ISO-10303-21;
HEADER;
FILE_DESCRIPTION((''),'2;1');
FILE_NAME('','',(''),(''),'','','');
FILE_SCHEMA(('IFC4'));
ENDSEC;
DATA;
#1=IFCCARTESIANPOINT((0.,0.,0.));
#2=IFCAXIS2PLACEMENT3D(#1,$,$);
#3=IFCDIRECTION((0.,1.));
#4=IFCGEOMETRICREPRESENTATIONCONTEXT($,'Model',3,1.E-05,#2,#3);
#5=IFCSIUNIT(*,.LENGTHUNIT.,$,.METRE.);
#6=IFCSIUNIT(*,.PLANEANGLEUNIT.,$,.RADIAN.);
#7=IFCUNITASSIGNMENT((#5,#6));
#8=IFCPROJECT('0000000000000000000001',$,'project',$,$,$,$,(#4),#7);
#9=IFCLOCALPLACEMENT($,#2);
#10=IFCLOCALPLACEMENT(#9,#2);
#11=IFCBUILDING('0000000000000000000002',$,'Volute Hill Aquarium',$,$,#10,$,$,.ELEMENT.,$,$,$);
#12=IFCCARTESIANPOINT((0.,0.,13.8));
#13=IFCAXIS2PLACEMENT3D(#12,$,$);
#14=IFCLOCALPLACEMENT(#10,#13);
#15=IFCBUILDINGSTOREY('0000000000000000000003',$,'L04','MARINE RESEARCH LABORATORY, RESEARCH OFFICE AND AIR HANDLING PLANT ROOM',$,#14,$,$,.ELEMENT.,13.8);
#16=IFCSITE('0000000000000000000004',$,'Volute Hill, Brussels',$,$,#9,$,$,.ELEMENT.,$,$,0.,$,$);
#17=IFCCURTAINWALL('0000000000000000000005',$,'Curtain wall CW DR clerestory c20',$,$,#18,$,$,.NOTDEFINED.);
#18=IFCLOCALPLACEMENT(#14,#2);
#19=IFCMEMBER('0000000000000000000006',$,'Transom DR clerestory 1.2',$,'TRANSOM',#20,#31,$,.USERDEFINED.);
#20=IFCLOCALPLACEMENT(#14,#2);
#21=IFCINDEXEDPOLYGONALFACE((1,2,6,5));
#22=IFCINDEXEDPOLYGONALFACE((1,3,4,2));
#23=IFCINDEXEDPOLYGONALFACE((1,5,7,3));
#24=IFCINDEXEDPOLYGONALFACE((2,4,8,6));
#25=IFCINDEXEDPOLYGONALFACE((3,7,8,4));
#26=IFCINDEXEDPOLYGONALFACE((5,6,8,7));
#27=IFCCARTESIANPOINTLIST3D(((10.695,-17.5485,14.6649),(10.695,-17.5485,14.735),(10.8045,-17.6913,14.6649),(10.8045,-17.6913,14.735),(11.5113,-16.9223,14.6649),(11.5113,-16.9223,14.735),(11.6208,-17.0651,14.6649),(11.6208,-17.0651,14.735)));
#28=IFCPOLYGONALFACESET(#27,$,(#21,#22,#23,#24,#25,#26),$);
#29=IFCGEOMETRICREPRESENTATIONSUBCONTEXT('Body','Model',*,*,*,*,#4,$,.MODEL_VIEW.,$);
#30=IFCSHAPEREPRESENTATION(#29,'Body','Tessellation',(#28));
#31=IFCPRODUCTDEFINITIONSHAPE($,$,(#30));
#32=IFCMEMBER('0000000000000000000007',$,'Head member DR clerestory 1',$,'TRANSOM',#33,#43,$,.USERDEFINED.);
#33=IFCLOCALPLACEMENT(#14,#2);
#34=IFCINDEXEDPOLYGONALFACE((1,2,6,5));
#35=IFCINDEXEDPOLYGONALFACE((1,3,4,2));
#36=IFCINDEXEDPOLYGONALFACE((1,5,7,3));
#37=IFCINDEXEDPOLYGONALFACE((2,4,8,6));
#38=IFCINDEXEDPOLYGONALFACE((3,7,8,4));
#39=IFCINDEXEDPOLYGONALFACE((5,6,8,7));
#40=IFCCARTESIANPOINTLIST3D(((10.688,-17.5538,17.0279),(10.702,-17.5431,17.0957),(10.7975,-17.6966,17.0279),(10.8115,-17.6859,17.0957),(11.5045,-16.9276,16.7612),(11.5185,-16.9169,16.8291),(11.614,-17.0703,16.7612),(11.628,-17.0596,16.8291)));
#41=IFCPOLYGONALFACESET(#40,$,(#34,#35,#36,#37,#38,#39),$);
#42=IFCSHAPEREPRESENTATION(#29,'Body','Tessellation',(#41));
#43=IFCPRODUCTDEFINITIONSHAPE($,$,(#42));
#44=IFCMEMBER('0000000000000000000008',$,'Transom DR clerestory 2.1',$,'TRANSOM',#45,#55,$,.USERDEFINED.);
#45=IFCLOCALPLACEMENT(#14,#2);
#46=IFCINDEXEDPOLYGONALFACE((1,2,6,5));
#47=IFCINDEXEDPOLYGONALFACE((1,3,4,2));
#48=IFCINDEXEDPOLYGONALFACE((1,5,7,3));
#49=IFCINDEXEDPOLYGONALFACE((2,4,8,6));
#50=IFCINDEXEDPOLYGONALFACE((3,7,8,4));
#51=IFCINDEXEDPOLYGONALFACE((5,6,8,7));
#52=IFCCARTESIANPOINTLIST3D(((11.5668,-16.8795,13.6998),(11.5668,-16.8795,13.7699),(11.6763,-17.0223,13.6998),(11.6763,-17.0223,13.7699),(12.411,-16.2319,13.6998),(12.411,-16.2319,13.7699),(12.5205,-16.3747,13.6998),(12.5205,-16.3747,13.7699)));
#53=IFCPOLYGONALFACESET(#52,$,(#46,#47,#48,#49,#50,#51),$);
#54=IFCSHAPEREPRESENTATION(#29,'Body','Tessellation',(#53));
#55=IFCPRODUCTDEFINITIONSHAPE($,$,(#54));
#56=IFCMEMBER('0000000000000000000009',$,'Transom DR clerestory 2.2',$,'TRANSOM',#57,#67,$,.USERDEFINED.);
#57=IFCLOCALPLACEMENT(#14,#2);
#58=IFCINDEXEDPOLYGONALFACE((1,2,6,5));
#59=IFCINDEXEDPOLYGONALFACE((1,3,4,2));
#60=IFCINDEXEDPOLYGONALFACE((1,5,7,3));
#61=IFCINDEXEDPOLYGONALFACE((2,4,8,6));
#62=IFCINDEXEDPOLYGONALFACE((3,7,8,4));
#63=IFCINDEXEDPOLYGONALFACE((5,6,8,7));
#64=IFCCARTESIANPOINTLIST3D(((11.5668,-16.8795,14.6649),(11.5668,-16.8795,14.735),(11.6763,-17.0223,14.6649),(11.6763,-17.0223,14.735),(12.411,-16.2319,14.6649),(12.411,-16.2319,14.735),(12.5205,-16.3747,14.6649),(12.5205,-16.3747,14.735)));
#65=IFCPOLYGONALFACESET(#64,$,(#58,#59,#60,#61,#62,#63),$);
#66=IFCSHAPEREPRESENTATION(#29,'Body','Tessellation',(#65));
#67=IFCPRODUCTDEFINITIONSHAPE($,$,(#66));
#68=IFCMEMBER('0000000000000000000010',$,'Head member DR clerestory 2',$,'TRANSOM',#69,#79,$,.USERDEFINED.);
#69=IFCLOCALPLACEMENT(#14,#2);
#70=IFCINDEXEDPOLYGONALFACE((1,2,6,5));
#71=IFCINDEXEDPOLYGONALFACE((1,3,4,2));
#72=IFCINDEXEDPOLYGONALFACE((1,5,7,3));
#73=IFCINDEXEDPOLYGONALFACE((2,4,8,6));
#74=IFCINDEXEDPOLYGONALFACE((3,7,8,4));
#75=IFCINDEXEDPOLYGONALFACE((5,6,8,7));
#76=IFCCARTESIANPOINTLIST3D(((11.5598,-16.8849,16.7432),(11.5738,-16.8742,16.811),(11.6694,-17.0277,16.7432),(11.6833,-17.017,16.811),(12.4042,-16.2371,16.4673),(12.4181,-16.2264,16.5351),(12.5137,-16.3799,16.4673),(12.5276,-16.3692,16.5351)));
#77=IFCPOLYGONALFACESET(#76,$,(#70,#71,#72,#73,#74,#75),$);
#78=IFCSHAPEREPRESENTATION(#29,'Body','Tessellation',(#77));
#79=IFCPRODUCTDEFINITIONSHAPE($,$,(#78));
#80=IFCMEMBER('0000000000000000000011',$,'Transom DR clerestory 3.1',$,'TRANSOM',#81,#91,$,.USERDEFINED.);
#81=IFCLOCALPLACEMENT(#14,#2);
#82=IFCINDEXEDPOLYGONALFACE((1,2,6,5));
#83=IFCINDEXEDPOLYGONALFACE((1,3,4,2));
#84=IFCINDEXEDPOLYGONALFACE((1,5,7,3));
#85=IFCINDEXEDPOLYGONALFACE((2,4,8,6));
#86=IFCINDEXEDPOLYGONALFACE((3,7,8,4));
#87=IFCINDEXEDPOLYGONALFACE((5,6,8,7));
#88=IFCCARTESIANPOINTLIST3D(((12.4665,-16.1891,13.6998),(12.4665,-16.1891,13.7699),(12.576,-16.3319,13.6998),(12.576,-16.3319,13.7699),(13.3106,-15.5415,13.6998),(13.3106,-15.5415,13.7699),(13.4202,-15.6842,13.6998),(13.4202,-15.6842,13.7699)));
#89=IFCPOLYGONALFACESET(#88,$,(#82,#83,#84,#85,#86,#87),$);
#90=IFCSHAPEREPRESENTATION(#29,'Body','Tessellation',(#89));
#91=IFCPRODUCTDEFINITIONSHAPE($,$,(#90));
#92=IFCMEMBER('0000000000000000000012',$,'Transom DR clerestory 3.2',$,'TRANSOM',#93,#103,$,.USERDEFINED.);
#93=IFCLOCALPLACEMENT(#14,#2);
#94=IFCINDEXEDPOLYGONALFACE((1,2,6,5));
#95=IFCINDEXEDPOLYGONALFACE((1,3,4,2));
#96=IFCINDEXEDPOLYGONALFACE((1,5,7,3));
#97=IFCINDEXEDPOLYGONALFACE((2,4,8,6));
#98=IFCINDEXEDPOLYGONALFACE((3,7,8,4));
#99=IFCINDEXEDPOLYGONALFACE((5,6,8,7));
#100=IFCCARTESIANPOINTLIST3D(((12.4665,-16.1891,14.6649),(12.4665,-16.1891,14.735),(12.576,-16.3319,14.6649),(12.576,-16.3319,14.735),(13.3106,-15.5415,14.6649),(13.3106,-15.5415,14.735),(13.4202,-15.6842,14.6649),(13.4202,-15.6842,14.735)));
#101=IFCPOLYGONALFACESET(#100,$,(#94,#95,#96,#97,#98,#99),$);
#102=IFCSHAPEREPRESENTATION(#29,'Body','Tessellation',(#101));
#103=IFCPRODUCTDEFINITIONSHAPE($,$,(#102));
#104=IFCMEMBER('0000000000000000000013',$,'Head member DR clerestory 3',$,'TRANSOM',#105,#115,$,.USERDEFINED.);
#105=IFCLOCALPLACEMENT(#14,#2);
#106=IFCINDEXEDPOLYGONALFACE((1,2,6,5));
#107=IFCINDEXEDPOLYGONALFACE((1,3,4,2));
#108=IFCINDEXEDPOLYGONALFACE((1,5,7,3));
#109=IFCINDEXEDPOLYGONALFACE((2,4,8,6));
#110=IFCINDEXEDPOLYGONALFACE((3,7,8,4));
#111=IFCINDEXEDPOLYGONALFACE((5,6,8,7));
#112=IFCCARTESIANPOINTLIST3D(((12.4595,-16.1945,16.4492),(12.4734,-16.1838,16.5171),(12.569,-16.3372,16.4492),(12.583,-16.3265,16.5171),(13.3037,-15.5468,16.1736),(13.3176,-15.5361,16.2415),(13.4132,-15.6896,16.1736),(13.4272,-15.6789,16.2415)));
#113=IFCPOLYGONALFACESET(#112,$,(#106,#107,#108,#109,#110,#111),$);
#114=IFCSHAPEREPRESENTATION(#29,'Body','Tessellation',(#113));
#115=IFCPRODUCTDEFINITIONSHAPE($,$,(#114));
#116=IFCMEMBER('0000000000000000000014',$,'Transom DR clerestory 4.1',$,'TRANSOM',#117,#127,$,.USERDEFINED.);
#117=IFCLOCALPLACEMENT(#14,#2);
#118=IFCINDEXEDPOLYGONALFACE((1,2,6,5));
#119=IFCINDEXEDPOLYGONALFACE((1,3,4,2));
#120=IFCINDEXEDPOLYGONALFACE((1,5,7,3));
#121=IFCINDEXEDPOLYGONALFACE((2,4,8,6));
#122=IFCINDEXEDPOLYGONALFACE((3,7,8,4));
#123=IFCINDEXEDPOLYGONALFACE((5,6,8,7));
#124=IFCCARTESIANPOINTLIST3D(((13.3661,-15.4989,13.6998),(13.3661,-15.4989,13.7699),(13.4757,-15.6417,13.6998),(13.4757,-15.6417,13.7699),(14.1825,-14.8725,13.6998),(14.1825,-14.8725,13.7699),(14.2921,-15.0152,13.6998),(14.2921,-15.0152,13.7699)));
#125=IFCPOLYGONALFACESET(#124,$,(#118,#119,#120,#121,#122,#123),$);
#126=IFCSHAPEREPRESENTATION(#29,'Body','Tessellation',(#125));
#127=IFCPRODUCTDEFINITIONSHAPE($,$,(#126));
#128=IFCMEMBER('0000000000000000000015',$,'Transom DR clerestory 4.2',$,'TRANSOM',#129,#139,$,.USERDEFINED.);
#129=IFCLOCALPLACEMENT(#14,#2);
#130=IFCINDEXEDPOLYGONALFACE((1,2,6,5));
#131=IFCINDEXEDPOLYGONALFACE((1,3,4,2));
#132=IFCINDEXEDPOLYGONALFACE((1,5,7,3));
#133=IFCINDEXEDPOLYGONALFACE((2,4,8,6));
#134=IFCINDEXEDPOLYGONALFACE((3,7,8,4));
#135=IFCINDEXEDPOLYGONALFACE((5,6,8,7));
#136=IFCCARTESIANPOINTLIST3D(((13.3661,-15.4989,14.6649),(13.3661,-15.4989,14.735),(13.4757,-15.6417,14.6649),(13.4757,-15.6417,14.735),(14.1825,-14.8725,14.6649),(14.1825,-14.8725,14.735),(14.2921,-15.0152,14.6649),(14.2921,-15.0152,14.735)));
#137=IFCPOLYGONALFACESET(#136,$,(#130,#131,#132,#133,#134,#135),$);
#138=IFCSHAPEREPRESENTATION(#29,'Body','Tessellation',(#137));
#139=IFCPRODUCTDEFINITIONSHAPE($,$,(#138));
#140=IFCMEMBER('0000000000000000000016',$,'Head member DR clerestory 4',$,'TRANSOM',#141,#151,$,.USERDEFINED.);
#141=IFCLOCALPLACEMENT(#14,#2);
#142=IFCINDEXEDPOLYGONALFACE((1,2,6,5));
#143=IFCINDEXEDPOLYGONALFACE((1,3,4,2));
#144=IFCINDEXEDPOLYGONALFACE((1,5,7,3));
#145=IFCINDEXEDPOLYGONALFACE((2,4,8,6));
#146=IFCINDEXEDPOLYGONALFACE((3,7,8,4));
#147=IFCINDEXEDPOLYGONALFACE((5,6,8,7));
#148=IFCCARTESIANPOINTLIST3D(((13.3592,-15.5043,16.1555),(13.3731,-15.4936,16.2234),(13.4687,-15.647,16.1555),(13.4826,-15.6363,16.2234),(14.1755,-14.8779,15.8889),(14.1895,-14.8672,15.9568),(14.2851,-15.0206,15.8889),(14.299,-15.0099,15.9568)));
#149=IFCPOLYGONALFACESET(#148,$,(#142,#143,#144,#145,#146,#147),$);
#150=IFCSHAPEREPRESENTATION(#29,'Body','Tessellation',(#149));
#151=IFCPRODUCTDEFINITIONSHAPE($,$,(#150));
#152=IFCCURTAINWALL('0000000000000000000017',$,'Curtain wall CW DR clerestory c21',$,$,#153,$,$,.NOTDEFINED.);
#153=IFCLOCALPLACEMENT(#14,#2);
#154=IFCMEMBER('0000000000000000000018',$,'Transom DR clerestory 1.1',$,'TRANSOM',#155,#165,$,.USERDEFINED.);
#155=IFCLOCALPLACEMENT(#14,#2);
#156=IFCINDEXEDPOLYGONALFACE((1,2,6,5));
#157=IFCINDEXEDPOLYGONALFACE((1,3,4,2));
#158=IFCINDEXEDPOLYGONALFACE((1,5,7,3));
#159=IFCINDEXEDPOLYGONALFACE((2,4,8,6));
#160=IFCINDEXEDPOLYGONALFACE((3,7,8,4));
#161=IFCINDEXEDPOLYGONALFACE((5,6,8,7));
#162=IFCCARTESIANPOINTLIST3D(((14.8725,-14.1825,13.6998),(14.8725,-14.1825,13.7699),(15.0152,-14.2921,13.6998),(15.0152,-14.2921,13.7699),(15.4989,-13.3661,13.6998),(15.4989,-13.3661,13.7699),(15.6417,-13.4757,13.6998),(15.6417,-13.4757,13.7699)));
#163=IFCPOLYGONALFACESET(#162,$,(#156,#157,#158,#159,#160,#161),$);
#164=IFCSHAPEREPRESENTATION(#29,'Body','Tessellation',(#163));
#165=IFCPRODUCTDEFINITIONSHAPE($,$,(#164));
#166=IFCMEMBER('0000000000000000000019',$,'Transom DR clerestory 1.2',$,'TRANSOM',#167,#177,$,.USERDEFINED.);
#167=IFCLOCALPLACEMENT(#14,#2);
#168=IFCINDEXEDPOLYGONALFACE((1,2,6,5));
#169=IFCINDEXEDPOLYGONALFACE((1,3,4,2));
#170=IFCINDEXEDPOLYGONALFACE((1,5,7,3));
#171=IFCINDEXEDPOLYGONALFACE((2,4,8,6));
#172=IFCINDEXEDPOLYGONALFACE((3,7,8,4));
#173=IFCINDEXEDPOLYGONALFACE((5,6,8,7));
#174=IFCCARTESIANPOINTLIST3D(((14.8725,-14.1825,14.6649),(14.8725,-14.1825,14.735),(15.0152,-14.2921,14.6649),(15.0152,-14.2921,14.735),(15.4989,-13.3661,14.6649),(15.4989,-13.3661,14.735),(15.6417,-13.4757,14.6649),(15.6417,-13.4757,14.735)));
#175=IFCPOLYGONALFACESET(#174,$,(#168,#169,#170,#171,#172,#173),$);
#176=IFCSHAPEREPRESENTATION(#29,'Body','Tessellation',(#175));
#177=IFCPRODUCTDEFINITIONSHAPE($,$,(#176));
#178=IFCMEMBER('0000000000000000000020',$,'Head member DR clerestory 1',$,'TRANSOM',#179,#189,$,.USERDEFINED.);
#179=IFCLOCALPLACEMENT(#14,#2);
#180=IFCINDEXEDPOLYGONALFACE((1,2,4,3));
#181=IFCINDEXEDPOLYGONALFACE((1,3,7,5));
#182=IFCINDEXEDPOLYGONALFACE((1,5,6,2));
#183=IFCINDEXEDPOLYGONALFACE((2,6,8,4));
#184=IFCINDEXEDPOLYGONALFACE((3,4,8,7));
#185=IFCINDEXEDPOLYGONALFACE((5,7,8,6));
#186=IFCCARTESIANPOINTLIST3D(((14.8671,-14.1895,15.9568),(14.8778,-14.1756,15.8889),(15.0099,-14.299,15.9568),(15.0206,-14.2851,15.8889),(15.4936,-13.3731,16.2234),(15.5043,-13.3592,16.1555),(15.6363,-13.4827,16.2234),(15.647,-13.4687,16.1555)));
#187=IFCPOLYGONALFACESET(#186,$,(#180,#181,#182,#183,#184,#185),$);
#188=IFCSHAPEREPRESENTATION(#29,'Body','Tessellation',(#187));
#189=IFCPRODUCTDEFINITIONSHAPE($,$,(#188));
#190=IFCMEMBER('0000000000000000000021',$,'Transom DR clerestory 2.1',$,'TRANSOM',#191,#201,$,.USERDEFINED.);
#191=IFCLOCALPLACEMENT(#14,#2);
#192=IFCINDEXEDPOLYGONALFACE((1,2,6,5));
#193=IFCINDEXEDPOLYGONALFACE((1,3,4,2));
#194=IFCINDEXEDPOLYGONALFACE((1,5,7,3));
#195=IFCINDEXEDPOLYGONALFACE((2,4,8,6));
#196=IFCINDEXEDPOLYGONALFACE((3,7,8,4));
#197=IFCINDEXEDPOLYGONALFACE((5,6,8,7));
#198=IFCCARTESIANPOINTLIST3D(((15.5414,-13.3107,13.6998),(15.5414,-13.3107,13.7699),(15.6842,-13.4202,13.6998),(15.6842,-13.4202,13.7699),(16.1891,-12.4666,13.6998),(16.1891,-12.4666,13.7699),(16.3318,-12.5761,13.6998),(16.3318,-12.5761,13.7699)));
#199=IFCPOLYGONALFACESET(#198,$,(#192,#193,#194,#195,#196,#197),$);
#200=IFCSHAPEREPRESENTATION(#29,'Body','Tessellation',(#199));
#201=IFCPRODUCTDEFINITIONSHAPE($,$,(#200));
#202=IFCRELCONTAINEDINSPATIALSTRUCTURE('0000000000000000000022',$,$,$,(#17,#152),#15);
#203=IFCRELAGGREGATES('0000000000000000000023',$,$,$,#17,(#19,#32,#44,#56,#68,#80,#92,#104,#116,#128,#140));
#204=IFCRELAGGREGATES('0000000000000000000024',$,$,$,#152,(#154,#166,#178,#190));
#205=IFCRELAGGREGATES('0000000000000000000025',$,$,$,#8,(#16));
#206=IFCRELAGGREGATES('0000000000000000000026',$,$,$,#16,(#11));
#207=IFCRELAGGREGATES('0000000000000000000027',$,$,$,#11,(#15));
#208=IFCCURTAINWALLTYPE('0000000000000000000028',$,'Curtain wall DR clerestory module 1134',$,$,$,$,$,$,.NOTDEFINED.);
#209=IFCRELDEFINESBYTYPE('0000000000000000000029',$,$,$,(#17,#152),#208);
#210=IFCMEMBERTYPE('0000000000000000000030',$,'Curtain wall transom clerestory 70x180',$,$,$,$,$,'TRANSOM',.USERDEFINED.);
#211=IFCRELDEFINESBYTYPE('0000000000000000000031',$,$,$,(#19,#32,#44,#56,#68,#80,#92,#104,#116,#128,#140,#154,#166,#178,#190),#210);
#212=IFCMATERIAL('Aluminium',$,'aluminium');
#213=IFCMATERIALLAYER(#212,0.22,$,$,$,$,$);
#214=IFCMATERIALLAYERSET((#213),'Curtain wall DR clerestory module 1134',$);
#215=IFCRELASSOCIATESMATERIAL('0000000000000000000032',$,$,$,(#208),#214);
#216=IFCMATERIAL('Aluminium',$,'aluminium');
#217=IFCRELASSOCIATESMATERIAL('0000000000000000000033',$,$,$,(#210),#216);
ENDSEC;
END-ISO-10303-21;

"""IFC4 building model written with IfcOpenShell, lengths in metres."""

from ifc_helpers import new_model, si_unit, direction, frame, origin, origin_2d, place, context, subcontext, project, spatial, rectangle, extrude, material, layer, layer_set, material_profile, profile_set, type_object, element, aggregate, save


model = new_model("IFC4")

# Units and contexts
model_context = context("Model", 3, precision=1e-05, world=origin(), true_north=direction((0.0, 1.0)))
body_context = subcontext(model_context, "Body", "Model", "MODEL_VIEW")
ifc_project = project(units=[si_unit("LENGTHUNIT", "METRE"), si_unit("PLANEANGLEUNIT", "RADIAN")], contexts=[model_context])

# Site, building, storey
site_placement = place(None, origin())
site = spatial("IfcSite", under=ifc_project, at=site_placement, Name="Volute Hill, Brussels", CompositionType="ELEMENT", RefElevation=0.0)
building_placement = place(site_placement, origin())
building = spatial("IfcBuilding", under=site, at=building_placement, Name="Volute Hill Aquarium", CompositionType="ELEMENT")
storey_placement = place(building_placement, frame((0.0, 0.0, 13.8)))
storey = spatial("IfcBuildingStorey", under=building, at=storey_placement, Name="L04", Description="MARINE RESEARCH LABORATORY, RESEARCH OFFICE AND AIR HANDLING PLANT ROOM", CompositionType="ELEMENT", Elevation=13.8)

# Curtain walls, members
ifc_material_1 = material(Name="Aluminium", Category="aluminium")
ifc_layer_1 = layer(ifc_material_1, 0.22)
ifc_layer_set_1 = layer_set([ifc_layer_1], Name="Curtain wall DR clerestory module 1134")
curtain_wall_type = type_object("IfcCurtainWallType", Name="Curtain wall DR clerestory module 1134", PredefinedType="NOTDEFINED", material=ifc_layer_set_1)
curtain_wall_1_placement = place(storey_placement, origin())
curtain_wall_1 = element("IfcCurtainWall", 1, at=curtain_wall_1_placement, inside=storey, type_object=curtain_wall_type, Name="Curtain wall CW DR clerestory c20", PredefinedType="NOTDEFINED")
ifc_material_2 = material(Name="Aluminium", Category="aluminium")
ifc_material_profile_1 = material_profile(ifc_material_2, rectangle(XDim=0.1799, YDim=0.0701, at=origin_2d()), Name="Curtain wall transom clerestory 70x180")
ifc_profile_set_1 = profile_set([ifc_material_profile_1], Name="Aluminium")
member_type = type_object("IfcMemberType", Name="Curtain wall transom clerestory 70x180", ElementType="TRANSOM", PredefinedType="USERDEFINED", material=ifc_profile_set_1)
member_1_placement = place(storey_placement, frame((10.7498, -17.6199, 14.7), z_axis=(0.793461, 0.608621, 0.0), x_axis=(-0.608621, 0.793461, 0.0)))
member_1 = element("IfcMember", 2, at=member_1_placement, type_object=member_type, Name="Transom DR clerestory 1.2", ObjectType="TRANSOM", PredefinedType="USERDEFINED", context=body_context, shape_type="SweptSolid", body=[
    extrude(rectangle(XDim=0.1799, YDim=0.0701, at=origin_2d()), origin(), (0.0, 0.0, 1.0), 1.0288),
])
member_2_placement = place(storey_placement, frame((10.7498, -17.6199, 17.0618), z_axis=(0.768096, 0.589165, -0.250826), x_axis=(-0.608621, 0.793461, 0.0)))
member_2 = element("IfcMember", 3, at=member_2_placement, type_object=member_type, Name="Head member DR clerestory 1", ObjectType="TRANSOM", PredefinedType="USERDEFINED", context=body_context, shape_type="SweptSolid", body=[
    extrude(rectangle(XDim=0.1799, YDim=0.0701, at=origin_2d()), origin(), (0.0, 0.0, 1.0), 1.063),
])
member_3_placement = place(storey_placement, frame((11.6216, -16.9509, 13.7349), z_axis=(0.7934, 0.608701, 0.0), x_axis=(-0.608701, 0.7934, 0.0)))
member_3 = element("IfcMember", 4, at=member_3_placement, type_object=member_type, Name="Transom DR clerestory 2.1", ObjectType="TRANSOM", PredefinedType="USERDEFINED", context=body_context, shape_type="SweptSolid", body=[
    extrude(rectangle(XDim=0.1799, YDim=0.0701, at=origin_2d()), origin(), (0.0, 0.0, 1.0), 1.064),
])
member_4_placement = place(storey_placement, frame((11.6216, -16.9509, 14.7), z_axis=(0.7934, 0.608701, 0.0), x_axis=(-0.608701, 0.7934, 0.0)))
member_4 = element("IfcMember", 5, at=member_4_placement, type_object=member_type, Name="Transom DR clerestory 2.2", ObjectType="TRANSOM", PredefinedType="USERDEFINED", context=body_context, shape_type="SweptSolid", body=[
    extrude(rectangle(XDim=0.1799, YDim=0.0701, at=origin_2d()), origin(), (0.0, 0.0, 1.0), 1.064),
])
member_5_placement = place(storey_placement, frame((11.6216, -16.9509, 16.7771), z_axis=(0.768007, 0.58922, -0.250968), x_axis=(-0.608701, 0.7934, 0.0)))
member_5 = element("IfcMember", 6, at=member_5_placement, type_object=member_type, Name="Head member DR clerestory 2", ObjectType="TRANSOM", PredefinedType="USERDEFINED", context=body_context, shape_type="SweptSolid", body=[
    extrude(rectangle(XDim=0.1799, YDim=0.0701, at=origin_2d()), origin(), (0.0, 0.0, 1.0), 1.0994),
])
member_6_placement = place(storey_placement, frame((12.5212, -16.2605, 13.7349), z_axis=(0.7934, 0.608701, 0.0), x_axis=(-0.608701, 0.7934, 0.0)))
member_6 = element("IfcMember", 7, at=member_6_placement, type_object=member_type, Name="Transom DR clerestory 3.1", ObjectType="TRANSOM", PredefinedType="USERDEFINED", context=body_context, shape_type="SweptSolid", body=[
    extrude(rectangle(XDim=0.1799, YDim=0.0701, at=origin_2d()), origin(), (0.0, 0.0, 1.0), 1.064),
])
member_7_placement = place(storey_placement, frame((12.5212, -16.2605, 14.7), z_axis=(0.7934, 0.608701, 0.0), x_axis=(-0.608701, 0.7934, 0.0)))
member_7 = element("IfcMember", 8, at=member_7_placement, type_object=member_type, Name="Transom DR clerestory 3.2", ObjectType="TRANSOM", PredefinedType="USERDEFINED", context=body_context, shape_type="SweptSolid", body=[
    extrude(rectangle(XDim=0.1799, YDim=0.0701, at=origin_2d()), origin(), (0.0, 0.0, 1.0), 1.064),
])
member_8_placement = place(storey_placement, frame((12.5212, -16.2605, 16.4832), z_axis=(0.76805, 0.589253, -0.25076), x_axis=(-0.608701, 0.7934, 0.0)))
member_8 = element("IfcMember", 9, at=member_8_placement, type_object=member_type, Name="Head member DR clerestory 3", ObjectType="TRANSOM", PredefinedType="USERDEFINED", context=body_context, shape_type="SweptSolid", body=[
    extrude(rectangle(XDim=0.1799, YDim=0.0701, at=origin_2d()), origin(), (0.0, 0.0, 1.0), 1.0991),
])
member_9_placement = place(storey_placement, frame((13.4209, -15.5703, 13.7349), z_axis=(0.793347, 0.60877, 0.0), x_axis=(-0.60877, 0.793347, 0.0)))
member_9 = element("IfcMember", 10, at=member_9_placement, type_object=member_type, Name="Transom DR clerestory 4.1", ObjectType="TRANSOM", PredefinedType="USERDEFINED", context=body_context, shape_type="SweptSolid", body=[
    extrude(rectangle(XDim=0.1799, YDim=0.0701, at=origin_2d()), origin(), (0.0, 0.0, 1.0), 1.0291),
])
member_10_placement = place(storey_placement, frame((13.4209, -15.5703, 14.7), z_axis=(0.793347, 0.60877, 0.0), x_axis=(-0.60877, 0.793347, 0.0)))
member_10 = element("IfcMember", 11, at=member_10_placement, type_object=member_type, Name="Transom DR clerestory 4.2", ObjectType="TRANSOM", PredefinedType="USERDEFINED", context=body_context, shape_type="SweptSolid", body=[
    extrude(rectangle(XDim=0.1799, YDim=0.0701, at=origin_2d()), origin(), (0.0, 0.0, 1.0), 1.0291),
])
member_11_placement = place(storey_placement, frame((13.4209, -15.5703, 16.1895), z_axis=(0.767992, 0.589315, -0.250792), x_axis=(-0.60877, 0.793347, 0.0)))
member_11 = element("IfcMember", 12, at=member_11_placement, type_object=member_type, Name="Head member DR clerestory 4", ObjectType="TRANSOM", PredefinedType="USERDEFINED", context=body_context, shape_type="SweptSolid", body=[
    extrude(rectangle(XDim=0.1799, YDim=0.0701, at=origin_2d()), origin(), (0.0, 0.0, 1.0), 1.063),
])
curtain_wall_2_placement = place(storey_placement, origin())
curtain_wall_2 = element("IfcCurtainWall", 13, at=curtain_wall_2_placement, inside=storey, type_object=curtain_wall_type, Name="Curtain wall CW DR clerestory c21", PredefinedType="NOTDEFINED")
member_12_placement = place(storey_placement, frame((14.9438, -14.2373, 13.7349), z_axis=(0.60877, 0.793347, 0.0), x_axis=(-0.793347, 0.60877, 0.0)))
member_12 = element("IfcMember", 14, at=member_12_placement, type_object=member_type, Name="Transom DR clerestory 1.1", ObjectType="TRANSOM", PredefinedType="USERDEFINED", context=body_context, shape_type="SweptSolid", body=[
    extrude(rectangle(XDim=0.1799, YDim=0.0701, at=origin_2d()), origin(), (0.0, 0.0, 1.0), 1.0291),
])
member_13_placement = place(storey_placement, frame((14.9438, -14.2373, 14.7), z_axis=(0.60877, 0.793347, 0.0), x_axis=(-0.793347, 0.60877, 0.0)))
member_13 = element("IfcMember", 15, at=member_13_placement, type_object=member_type, Name="Transom DR clerestory 1.2", ObjectType="TRANSOM", PredefinedType="USERDEFINED", context=body_context, shape_type="SweptSolid", body=[
    extrude(rectangle(XDim=0.1799, YDim=0.0701, at=origin_2d()), origin(), (0.0, 0.0, 1.0), 1.0291),
])
member_14_placement = place(storey_placement, frame((14.9438, -14.2373, 15.9229), z_axis=(0.589315, 0.767992, 0.250792), x_axis=(-0.793347, 0.60877, 0.0)))
member_14 = element("IfcMember", 16, at=member_14_placement, type_object=member_type, Name="Head member DR clerestory 1", ObjectType="TRANSOM", PredefinedType="USERDEFINED", context=body_context, shape_type="SweptSolid", body=[
    extrude(rectangle(XDim=0.1799, YDim=0.0701, at=origin_2d()), origin(), (0.0, 0.0, 1.0), 1.063),
])
member_15_placement = place(storey_placement, frame((15.6128, -13.3655, 13.7349), z_axis=(0.608701, 0.7934, 0.0), x_axis=(-0.7934, 0.608701, 0.0)))
member_15 = element("IfcMember", 17, at=member_15_placement, type_object=member_type, Name="Transom DR clerestory 2.1", ObjectType="TRANSOM", PredefinedType="USERDEFINED", context=body_context, shape_type="SweptSolid", body=[
    extrude(rectangle(XDim=0.1799, YDim=0.0701, at=origin_2d()), origin(), (0.0, 0.0, 1.0), 1.064),
])

aggregate(curtain_wall_1, [member_1, member_2, member_3, member_4, member_5, member_6, member_7, member_8, member_9, member_10, member_11])
aggregate(curtain_wall_2, [member_12, member_13, member_14, member_15])

save(model, "model.ifc")
